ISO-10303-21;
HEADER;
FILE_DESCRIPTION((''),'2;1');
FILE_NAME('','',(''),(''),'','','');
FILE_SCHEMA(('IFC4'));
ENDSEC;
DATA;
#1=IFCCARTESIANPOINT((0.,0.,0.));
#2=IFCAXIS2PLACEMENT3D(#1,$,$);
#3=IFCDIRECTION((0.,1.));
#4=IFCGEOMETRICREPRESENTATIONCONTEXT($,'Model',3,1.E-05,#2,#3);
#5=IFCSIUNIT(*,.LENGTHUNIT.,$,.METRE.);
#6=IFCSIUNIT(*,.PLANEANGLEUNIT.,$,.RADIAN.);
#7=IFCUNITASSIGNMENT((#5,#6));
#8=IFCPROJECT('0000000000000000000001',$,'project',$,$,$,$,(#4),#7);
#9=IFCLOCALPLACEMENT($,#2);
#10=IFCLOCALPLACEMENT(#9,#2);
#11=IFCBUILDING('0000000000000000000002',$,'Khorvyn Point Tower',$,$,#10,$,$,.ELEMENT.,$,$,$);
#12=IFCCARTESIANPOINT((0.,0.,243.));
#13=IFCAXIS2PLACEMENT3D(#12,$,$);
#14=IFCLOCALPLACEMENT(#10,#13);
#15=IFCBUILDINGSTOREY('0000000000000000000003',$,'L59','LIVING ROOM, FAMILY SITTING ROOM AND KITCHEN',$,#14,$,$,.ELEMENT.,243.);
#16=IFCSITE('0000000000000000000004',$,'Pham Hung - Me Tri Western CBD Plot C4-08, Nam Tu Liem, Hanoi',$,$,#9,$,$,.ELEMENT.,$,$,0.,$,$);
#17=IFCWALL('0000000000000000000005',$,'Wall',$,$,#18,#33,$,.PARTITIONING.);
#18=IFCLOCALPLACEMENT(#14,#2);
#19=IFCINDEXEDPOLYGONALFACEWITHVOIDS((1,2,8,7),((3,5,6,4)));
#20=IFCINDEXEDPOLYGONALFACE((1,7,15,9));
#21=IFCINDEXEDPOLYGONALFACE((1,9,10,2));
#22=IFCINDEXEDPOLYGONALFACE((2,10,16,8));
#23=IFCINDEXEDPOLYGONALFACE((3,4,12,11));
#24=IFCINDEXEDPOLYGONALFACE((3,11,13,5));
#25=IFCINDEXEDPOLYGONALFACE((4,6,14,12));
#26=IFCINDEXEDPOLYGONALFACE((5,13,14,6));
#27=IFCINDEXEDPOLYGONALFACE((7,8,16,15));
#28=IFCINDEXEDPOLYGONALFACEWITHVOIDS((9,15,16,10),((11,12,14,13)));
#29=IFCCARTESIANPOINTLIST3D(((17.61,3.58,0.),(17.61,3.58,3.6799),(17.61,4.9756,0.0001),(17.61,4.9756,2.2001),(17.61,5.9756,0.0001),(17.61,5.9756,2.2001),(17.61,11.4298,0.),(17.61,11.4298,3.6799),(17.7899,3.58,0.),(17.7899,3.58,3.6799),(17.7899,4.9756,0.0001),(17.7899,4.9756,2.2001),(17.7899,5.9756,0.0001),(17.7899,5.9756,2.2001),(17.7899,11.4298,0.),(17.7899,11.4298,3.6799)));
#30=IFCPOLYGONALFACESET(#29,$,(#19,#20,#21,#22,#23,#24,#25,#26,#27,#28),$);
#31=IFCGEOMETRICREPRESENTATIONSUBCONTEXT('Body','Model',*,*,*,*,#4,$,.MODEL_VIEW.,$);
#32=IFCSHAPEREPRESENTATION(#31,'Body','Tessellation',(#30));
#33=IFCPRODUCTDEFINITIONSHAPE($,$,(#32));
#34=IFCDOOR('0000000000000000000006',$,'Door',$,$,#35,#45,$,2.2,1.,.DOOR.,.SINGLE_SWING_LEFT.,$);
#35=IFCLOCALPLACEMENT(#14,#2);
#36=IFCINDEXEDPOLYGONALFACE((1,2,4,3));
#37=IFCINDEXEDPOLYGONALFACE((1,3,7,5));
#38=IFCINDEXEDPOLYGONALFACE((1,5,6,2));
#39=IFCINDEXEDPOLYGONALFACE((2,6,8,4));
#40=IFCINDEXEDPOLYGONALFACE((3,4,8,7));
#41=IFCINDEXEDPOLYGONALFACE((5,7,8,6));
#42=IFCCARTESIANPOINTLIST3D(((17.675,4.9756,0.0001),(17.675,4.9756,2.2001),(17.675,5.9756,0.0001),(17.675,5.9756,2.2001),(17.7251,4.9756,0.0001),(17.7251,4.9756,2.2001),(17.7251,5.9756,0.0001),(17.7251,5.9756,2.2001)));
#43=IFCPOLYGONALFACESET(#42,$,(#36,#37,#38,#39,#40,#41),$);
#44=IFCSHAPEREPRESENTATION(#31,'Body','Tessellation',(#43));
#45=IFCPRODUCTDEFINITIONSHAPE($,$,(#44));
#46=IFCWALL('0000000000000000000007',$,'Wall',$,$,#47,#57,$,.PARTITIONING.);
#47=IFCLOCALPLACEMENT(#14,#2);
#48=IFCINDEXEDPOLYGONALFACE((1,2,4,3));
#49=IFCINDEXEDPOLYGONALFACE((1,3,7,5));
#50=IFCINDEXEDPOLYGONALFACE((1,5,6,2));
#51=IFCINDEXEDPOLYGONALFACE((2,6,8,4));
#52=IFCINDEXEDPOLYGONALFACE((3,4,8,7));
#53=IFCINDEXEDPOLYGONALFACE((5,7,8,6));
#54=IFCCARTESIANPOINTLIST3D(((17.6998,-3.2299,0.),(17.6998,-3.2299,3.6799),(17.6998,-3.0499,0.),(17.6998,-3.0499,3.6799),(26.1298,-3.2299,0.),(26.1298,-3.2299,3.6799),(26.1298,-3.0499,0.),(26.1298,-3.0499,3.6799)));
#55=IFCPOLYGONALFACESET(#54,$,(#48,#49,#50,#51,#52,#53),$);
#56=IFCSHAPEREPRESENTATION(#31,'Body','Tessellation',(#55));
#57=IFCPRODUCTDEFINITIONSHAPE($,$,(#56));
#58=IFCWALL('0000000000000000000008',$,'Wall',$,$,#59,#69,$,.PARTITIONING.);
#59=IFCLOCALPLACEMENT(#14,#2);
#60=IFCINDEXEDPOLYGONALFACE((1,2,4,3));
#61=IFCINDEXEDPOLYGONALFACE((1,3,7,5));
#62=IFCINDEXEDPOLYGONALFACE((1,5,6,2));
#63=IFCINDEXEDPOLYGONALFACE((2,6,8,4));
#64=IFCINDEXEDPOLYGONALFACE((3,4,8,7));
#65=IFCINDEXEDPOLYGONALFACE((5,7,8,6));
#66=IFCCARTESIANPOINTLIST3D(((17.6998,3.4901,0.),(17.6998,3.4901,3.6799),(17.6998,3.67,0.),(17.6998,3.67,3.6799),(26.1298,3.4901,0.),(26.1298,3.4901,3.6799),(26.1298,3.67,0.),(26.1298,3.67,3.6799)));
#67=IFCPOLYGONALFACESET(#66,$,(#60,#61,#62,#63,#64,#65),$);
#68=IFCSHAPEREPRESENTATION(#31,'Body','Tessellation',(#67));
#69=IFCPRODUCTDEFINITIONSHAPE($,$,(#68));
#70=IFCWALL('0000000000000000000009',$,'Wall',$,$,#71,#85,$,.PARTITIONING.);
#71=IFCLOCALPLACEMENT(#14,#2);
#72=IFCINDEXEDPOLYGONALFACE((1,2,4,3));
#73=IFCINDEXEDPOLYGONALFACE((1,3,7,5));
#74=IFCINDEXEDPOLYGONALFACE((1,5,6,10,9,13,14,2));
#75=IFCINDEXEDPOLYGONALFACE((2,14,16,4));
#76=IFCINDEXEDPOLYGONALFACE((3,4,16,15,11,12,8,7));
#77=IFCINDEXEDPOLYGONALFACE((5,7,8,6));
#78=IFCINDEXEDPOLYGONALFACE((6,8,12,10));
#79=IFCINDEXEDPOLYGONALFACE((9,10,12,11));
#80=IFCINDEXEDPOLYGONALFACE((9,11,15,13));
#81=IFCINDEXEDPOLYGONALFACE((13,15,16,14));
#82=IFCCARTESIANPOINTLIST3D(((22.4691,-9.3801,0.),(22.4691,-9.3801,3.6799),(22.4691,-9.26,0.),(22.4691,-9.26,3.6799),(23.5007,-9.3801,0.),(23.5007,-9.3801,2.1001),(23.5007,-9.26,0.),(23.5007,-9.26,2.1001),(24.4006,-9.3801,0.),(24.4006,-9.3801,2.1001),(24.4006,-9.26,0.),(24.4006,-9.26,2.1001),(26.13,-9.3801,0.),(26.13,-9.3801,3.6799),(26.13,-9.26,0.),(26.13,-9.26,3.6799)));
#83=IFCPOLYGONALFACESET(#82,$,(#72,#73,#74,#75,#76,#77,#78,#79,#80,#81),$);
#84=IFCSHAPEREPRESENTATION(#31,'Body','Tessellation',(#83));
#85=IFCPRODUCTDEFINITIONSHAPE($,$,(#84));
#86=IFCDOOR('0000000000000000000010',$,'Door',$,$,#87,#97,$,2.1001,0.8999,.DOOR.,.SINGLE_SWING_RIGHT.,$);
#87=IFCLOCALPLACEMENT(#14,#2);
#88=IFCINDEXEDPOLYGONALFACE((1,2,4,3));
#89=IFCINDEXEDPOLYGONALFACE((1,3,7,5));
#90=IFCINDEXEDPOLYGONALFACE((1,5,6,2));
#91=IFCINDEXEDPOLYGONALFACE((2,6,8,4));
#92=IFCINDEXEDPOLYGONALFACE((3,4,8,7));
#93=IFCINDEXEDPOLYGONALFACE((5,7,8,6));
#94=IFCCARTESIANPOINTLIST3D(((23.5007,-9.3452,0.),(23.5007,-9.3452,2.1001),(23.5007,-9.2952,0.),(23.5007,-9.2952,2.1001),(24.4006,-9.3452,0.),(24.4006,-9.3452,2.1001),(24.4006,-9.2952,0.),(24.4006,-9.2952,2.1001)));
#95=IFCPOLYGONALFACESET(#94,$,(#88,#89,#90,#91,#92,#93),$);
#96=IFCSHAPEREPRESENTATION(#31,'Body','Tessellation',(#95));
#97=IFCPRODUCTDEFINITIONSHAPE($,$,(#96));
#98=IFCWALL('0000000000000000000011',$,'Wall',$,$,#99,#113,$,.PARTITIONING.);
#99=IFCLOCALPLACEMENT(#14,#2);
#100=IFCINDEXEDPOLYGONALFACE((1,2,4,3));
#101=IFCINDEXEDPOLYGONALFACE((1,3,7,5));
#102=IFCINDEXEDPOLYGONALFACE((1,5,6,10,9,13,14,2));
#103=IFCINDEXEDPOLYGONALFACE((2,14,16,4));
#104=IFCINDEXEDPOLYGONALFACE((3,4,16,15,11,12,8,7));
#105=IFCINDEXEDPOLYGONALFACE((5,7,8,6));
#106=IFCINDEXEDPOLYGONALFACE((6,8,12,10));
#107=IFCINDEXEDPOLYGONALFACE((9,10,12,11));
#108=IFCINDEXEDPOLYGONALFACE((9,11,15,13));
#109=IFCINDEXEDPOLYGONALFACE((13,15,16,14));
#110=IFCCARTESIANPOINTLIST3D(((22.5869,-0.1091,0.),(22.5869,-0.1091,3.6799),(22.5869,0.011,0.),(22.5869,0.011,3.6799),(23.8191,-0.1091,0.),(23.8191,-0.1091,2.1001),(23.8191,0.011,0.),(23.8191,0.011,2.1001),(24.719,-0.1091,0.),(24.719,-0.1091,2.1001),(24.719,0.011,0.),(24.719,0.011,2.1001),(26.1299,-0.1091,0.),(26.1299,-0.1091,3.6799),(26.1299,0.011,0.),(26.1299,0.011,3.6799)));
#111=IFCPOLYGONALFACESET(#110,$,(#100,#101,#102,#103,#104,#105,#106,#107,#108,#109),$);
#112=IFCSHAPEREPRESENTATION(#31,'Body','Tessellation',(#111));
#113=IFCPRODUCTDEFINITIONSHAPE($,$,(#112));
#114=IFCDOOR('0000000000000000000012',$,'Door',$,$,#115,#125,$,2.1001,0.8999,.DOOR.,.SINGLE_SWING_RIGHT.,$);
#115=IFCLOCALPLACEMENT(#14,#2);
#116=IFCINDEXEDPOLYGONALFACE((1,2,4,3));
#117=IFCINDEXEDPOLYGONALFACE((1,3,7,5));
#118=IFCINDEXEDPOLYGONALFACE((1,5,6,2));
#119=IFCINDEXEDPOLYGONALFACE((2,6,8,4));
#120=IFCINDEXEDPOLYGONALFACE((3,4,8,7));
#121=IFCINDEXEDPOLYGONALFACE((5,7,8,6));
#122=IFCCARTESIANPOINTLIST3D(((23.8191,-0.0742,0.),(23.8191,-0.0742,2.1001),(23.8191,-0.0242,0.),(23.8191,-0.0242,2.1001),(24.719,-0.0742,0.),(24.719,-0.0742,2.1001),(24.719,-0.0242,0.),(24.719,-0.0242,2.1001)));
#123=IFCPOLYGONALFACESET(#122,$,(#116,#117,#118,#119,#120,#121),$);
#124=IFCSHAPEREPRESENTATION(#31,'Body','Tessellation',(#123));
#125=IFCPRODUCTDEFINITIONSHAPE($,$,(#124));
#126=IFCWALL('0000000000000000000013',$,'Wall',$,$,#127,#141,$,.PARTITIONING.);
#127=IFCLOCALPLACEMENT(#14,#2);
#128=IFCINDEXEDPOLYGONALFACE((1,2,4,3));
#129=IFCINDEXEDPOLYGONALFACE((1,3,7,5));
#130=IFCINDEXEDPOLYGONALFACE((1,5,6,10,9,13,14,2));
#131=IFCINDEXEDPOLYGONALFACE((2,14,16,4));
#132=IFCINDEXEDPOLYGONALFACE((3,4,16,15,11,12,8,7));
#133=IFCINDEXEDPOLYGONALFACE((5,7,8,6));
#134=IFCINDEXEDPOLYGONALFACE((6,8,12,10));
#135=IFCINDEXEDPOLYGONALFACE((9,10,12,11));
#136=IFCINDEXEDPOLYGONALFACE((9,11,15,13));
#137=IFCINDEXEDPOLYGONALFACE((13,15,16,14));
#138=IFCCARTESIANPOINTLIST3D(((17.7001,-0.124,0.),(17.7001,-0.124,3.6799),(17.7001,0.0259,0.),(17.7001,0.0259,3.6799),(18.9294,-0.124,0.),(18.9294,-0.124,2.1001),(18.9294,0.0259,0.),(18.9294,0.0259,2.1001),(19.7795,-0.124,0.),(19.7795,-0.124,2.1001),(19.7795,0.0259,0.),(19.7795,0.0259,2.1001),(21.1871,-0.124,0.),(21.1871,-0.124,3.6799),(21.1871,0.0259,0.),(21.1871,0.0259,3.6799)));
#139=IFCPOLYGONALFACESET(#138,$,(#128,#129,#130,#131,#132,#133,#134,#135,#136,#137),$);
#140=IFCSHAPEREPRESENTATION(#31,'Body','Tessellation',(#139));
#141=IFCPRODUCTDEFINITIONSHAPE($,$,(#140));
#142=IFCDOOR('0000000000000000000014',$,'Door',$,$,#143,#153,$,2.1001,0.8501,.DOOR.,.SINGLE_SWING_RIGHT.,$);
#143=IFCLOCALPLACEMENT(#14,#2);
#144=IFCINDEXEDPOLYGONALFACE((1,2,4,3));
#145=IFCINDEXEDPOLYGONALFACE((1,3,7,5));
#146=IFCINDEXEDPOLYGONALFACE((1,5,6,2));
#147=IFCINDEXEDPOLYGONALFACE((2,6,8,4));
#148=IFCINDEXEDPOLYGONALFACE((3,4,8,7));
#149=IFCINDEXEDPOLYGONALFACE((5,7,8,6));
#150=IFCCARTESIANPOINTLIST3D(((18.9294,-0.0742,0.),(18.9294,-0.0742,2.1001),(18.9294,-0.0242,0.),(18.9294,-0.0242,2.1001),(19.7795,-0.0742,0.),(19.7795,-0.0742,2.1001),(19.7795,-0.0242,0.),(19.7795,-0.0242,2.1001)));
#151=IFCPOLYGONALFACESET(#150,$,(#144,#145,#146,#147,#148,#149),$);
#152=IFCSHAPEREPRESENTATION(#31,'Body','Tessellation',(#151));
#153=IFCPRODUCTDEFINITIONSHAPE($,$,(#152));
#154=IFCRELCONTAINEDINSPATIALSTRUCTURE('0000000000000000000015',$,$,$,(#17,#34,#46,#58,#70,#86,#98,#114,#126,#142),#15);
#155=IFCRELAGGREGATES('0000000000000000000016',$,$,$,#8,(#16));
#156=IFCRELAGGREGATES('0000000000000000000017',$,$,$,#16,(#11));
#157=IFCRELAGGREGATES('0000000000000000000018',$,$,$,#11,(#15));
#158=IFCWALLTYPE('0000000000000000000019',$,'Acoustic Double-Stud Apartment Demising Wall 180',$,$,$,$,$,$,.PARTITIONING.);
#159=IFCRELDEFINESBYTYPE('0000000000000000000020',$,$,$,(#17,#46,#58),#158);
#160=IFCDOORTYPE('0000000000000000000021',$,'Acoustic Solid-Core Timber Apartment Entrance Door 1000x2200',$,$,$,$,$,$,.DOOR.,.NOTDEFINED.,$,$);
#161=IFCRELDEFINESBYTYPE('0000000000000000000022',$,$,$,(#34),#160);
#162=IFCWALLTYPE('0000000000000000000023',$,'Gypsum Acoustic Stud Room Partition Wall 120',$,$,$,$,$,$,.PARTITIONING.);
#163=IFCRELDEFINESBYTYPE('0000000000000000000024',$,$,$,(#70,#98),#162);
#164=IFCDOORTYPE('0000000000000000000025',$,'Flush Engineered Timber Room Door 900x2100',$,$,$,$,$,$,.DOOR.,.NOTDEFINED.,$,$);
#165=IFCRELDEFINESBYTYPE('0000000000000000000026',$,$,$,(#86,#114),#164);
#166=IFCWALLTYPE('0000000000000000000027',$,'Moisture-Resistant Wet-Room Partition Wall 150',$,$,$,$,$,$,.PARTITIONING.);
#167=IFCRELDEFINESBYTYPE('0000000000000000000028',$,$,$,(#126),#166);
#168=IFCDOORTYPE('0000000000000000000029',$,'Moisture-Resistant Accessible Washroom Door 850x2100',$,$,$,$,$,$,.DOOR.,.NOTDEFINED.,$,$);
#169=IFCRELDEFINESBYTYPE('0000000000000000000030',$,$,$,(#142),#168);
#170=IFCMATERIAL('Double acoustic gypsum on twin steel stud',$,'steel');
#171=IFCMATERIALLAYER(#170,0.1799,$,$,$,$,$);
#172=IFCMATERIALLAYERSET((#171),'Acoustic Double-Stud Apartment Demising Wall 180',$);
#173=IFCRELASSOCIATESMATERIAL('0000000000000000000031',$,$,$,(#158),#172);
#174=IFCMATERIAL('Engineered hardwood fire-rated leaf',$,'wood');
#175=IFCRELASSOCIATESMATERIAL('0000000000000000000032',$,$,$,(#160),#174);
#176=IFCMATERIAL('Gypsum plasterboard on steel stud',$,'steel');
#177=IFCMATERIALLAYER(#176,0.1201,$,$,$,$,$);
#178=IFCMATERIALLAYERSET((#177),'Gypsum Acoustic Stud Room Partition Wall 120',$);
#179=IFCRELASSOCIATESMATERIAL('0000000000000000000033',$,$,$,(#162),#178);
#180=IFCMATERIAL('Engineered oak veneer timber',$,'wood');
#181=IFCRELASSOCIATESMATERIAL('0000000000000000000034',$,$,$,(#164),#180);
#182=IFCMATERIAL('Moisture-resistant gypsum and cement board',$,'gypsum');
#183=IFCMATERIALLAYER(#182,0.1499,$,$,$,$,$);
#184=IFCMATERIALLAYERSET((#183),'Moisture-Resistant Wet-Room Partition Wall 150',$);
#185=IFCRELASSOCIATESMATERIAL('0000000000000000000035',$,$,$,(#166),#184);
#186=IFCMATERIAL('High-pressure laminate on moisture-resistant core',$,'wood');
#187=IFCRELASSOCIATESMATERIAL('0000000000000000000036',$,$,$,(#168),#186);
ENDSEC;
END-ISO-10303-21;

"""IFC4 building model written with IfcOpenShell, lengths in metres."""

from ifc_helpers import new_model, si_unit, direction, frame, frame_2d, origin, place, context, subcontext, project, spatial, rectangle, extrude, material, layer, layer_set, type_object, element, fill, save


model = new_model("IFC4")

# Units and contexts
model_context = context("Model", 3, precision=1e-05, world=origin(), true_north=direction((0.0, 1.0)))
body_context = subcontext(model_context, "Body", "Model", "MODEL_VIEW")
ifc_project = project(units=[si_unit("LENGTHUNIT", "METRE"), si_unit("PLANEANGLEUNIT", "RADIAN")], contexts=[model_context])

# Site, building, storey
site_placement = place(None, origin())
site = spatial("IfcSite", under=ifc_project, at=site_placement, Name="Pham Hung - Me Tri Western CBD Plot C4-08, Nam Tu Liem, Hanoi", CompositionType="ELEMENT", RefElevation=0.0)
building_placement = place(site_placement, origin())
building = spatial("IfcBuilding", under=site, at=building_placement, Name="Khorvyn Point Tower", CompositionType="ELEMENT")
storey_placement = place(building_placement, frame((0.0, 0.0, 243.0)))
storey = spatial("IfcBuildingStorey", under=building, at=storey_placement, Name="L59", Description="LIVING ROOM, FAMILY SITTING ROOM AND KITCHEN", CompositionType="ELEMENT", Elevation=243.0)

# Wall, opening, door
ifc_material_1 = material(Name="Double acoustic gypsum on twin steel stud", Category="steel")
ifc_layer_1 = layer(ifc_material_1, 0.1799)
ifc_layer_set_1 = layer_set([ifc_layer_1], Name="Acoustic Double-Stud Apartment Demising Wall 180")
wall_type_1 = type_object("IfcWallType", Name="Acoustic Double-Stud Apartment Demising Wall 180", PredefinedType="PARTITIONING", material=ifc_layer_set_1)
ifc_material_2 = material(Name="Engineered hardwood fire-rated leaf", Category="wood")
door_type_1 = type_object("IfcDoorType", Name="Acoustic Solid-Core Timber Apartment Entrance Door 1000x2200", OperationType="NOTDEFINED", PredefinedType="DOOR", material=ifc_material_2)
wall_1_placement = place(storey_placement, frame((17.7, 3.5801, 0.0), z_axis=(0.0, 0.0, 1.0), x_axis=(0.0, 1.0, 0.0)))
wall_1 = element("IfcWall", 1, at=wall_1_placement, inside=storey, type_object=wall_type_1, Name="Wall", PredefinedType="PARTITIONING", context=body_context, shape_type="SweptSolid", body=[
    extrude(rectangle(XDim=7.8499, YDim=0.1799, at=frame_2d((3.9248, 0.0))), origin(), (0.0, 0.0, 1.0), 3.6799),
])
opening_1_placement = place(wall_1_placement, frame((1.3955, 0.0, 0.0)))
opening_1 = element("IfcOpeningElement", 2, at=opening_1_placement, cuts=wall_1, PredefinedType="OPENING", context=body_context, shape_type="SweptSolid", body=[
    extrude(rectangle(XDim=1.0, YDim=2.2, at=frame_2d((0.5, 1.1001))), frame((0.0, 0.0999, 0.0), z_axis=(0.0, -1.0, 0.0), x_axis=(1.0, 0.0, 0.0)), (0.0, 0.0, 1.0), 0.2),
])
door_1_placement = place(opening_1_placement, origin())
door_1 = element("IfcDoor", 3, at=door_1_placement, inside=storey, type_object=door_type_1, Name="Door", OperationType="SINGLE_SWING_LEFT", OverallHeight=2.2, OverallWidth=1.0, PredefinedType="DOOR", context=body_context, shape_type="SweptSolid", body=[
    extrude(rectangle(XDim=1.0, YDim=2.2, at=frame_2d((0.5, 1.1001))), frame((0.0, 0.0249, 0.0), z_axis=(0.0, -1.0, 0.0), x_axis=(1.0, 0.0, 0.0)), (0.0, 0.0, 1.0), 0.05),
])
fill(opening_1, door_1)

# Walls
for number, where, z_axis, x_axis, name in (
    (4, (17.7, -3.1399, 0.0), (0.0, 0.0, 1.0), (1.0, 0.0, 0.0), "Wall"),
    (5, (17.7, 3.5801, 0.0), (0.0, 0.0, 1.0), (1.0, 0.0, 0.0), "Wall"),
):
    element("IfcWall", number, at=place(storey_placement, frame(where, z_axis=z_axis, x_axis=x_axis)), inside=storey, type_object=wall_type_1, Name=name, PredefinedType="PARTITIONING", context=body_context, shape_type="SweptSolid", body=[
        extrude(rectangle(XDim=8.4299, YDim=0.1799, at=frame_2d((4.2148, 0.0))), origin(), (0.0, 0.0, 1.0), 3.6799),
    ])

# Walls, openings, doors
ifc_material_3 = material(Name="Gypsum plasterboard on steel stud", Category="steel")
ifc_layer_2 = layer(ifc_material_3, 0.1201)
ifc_layer_set_2 = layer_set([ifc_layer_2], Name="Gypsum Acoustic Stud Room Partition Wall 120")
wall_type_2 = type_object("IfcWallType", Name="Gypsum Acoustic Stud Room Partition Wall 120", PredefinedType="PARTITIONING", material=ifc_layer_set_2)
wall_2_placement = place(storey_placement, frame((22.469, -9.3201, 0.0), z_axis=(0.0, 0.0, 1.0), x_axis=(1.0, 0.0, 0.0)))
wall_2 = element("IfcWall", 6, at=wall_2_placement, inside=storey, type_object=wall_type_2, Name="Wall", PredefinedType="PARTITIONING", context=body_context, shape_type="SweptSolid", body=[
    extrude(rectangle(XDim=3.6609, YDim=0.1201, at=frame_2d((1.8306, 0.0))), origin(), (0.0, 0.0, 1.0), 3.6799),
])
opening_2_placement = place(wall_2_placement, frame((1.0317, 0.0, 0.0)))
opening_2 = element("IfcOpeningElement", 7, at=opening_2_placement, cuts=wall_2, PredefinedType="OPENING", context=body_context, shape_type="SweptSolid", body=[
    extrude(rectangle(XDim=0.8999, YDim=2.1001, at=frame_2d((0.45, 1.05))), frame((0.0, 0.0701, 0.0), z_axis=(0.0, -1.0, 0.0), x_axis=(1.0, 0.0, 0.0)), (0.0, 0.0, 1.0), 0.1401),
])
ifc_material_4 = material(Name="Engineered oak veneer timber", Category="wood")
door_type_2 = type_object("IfcDoorType", Name="Flush Engineered Timber Room Door 900x2100", OperationType="NOTDEFINED", PredefinedType="DOOR", material=ifc_material_4)
door_2_placement = place(opening_2_placement, origin())
door_2 = element("IfcDoor", 8, at=door_2_placement, inside=storey, type_object=door_type_2, Name="Door", OperationType="SINGLE_SWING_RIGHT", OverallHeight=2.1001, OverallWidth=0.8999, PredefinedType="DOOR", context=body_context, shape_type="SweptSolid", body=[
    extrude(rectangle(XDim=0.8999, YDim=2.1001, at=frame_2d((0.45, 1.05))), frame((0.0, 0.0249, 0.0), z_axis=(0.0, -1.0, 0.0), x_axis=(1.0, 0.0, 0.0)), (0.0, 0.0, 1.0), 0.05),
])
fill(opening_2, door_2)
wall_3_placement = place(storey_placement, frame((22.5869, -0.0491, 0.0), z_axis=(0.0, 0.0, 1.0), x_axis=(1.0, 0.0, 0.0)))
wall_3 = element("IfcWall", 9, at=wall_3_placement, inside=storey, type_object=wall_type_2, Name="Wall", PredefinedType="PARTITIONING", context=body_context, shape_type="SweptSolid", body=[
    extrude(rectangle(XDim=3.543, YDim=0.1201, at=frame_2d((1.7715, 0.0))), origin(), (0.0, 0.0, 1.0), 3.6799),
])
opening_3_placement = place(wall_3_placement, frame((1.2322, 0.0, 0.0)))
opening_3 = element("IfcOpeningElement", 10, at=opening_3_placement, cuts=wall_3, PredefinedType="OPENING", context=body_context, shape_type="SweptSolid", body=[
    extrude(rectangle(XDim=0.8999, YDim=2.1001, at=frame_2d((0.45, 1.05))), frame((0.0, 0.0701, 0.0), z_axis=(0.0, -1.0, 0.0), x_axis=(1.0, 0.0, 0.0)), (0.0, 0.0, 1.0), 0.1401),
])
door_3_placement = place(opening_3_placement, origin())
door_3 = element("IfcDoor", 11, at=door_3_placement, inside=storey, type_object=door_type_2, Name="Door", OperationType="SINGLE_SWING_RIGHT", OverallHeight=2.1001, OverallWidth=0.8999, PredefinedType="DOOR", context=body_context, shape_type="SweptSolid", body=[
    extrude(rectangle(XDim=0.8999, YDim=2.1001, at=frame_2d((0.45, 1.05))), frame((0.0, 0.0249, 0.0), z_axis=(0.0, -1.0, 0.0), x_axis=(1.0, 0.0, 0.0)), (0.0, 0.0, 1.0), 0.05),
])
fill(opening_3, door_3)
ifc_material_5 = material(Name="Moisture-resistant gypsum and cement board", Category="gypsum")
ifc_layer_3 = layer(ifc_material_5, 0.1499)
ifc_layer_set_3 = layer_set([ifc_layer_3], Name="Moisture-Resistant Wet-Room Partition Wall 150")
wall_type_3 = type_object("IfcWallType", Name="Moisture-Resistant Wet-Room Partition Wall 150", PredefinedType="PARTITIONING", material=ifc_layer_set_3)
wall_4_placement = place(storey_placement, frame((17.7, -0.0491, 0.0), z_axis=(0.0, 0.0, 1.0), x_axis=(1.0, 0.0, 0.0)))
wall_4 = element("IfcWall", 12, at=wall_4_placement, inside=storey, type_object=wall_type_3, Name="Wall", PredefinedType="PARTITIONING", context=body_context, shape_type="SweptSolid", body=[
    extrude(rectangle(XDim=3.4871, YDim=0.1499, at=frame_2d((1.7437, 0.0))), origin(), (0.0, 0.0, 1.0), 3.6799),
])
opening_4_placement = place(wall_4_placement, frame((1.2295, 0.0, 0.0)))
opening_4 = element("IfcOpeningElement", 13, at=opening_4_placement, cuts=wall_4, PredefinedType="OPENING", context=body_context, shape_type="SweptSolid", body=[
    extrude(rectangle(XDim=0.8501, YDim=2.1001, at=frame_2d((0.425, 1.05))), frame((0.0, 0.085, 0.0), z_axis=(0.0, -1.0, 0.0), x_axis=(1.0, 0.0, 0.0)), (0.0, 0.0, 1.0), 0.1699),
])
ifc_material_6 = material(Name="High-pressure laminate on moisture-resistant core", Category="wood")
door_type_3 = type_object("IfcDoorType", Name="Moisture-Resistant Accessible Washroom Door 850x2100", OperationType="NOTDEFINED", PredefinedType="DOOR", material=ifc_material_6)
door_4_placement = place(opening_4_placement, origin())
door_4 = element("IfcDoor", 14, at=door_4_placement, inside=storey, type_object=door_type_3, Name="Door", OperationType="SINGLE_SWING_RIGHT", OverallHeight=2.1001, OverallWidth=0.8501, PredefinedType="DOOR", context=body_context, shape_type="SweptSolid", body=[
    extrude(rectangle(XDim=0.8501, YDim=2.1001, at=frame_2d((0.425, 1.05))), frame((0.0, 0.0249, 0.0), z_axis=(0.0, -1.0, 0.0), x_axis=(1.0, 0.0, 0.0)), (0.0, 0.0, 1.0), 0.05),
])
fill(opening_4, door_4)

save(model, "model.ifc")
